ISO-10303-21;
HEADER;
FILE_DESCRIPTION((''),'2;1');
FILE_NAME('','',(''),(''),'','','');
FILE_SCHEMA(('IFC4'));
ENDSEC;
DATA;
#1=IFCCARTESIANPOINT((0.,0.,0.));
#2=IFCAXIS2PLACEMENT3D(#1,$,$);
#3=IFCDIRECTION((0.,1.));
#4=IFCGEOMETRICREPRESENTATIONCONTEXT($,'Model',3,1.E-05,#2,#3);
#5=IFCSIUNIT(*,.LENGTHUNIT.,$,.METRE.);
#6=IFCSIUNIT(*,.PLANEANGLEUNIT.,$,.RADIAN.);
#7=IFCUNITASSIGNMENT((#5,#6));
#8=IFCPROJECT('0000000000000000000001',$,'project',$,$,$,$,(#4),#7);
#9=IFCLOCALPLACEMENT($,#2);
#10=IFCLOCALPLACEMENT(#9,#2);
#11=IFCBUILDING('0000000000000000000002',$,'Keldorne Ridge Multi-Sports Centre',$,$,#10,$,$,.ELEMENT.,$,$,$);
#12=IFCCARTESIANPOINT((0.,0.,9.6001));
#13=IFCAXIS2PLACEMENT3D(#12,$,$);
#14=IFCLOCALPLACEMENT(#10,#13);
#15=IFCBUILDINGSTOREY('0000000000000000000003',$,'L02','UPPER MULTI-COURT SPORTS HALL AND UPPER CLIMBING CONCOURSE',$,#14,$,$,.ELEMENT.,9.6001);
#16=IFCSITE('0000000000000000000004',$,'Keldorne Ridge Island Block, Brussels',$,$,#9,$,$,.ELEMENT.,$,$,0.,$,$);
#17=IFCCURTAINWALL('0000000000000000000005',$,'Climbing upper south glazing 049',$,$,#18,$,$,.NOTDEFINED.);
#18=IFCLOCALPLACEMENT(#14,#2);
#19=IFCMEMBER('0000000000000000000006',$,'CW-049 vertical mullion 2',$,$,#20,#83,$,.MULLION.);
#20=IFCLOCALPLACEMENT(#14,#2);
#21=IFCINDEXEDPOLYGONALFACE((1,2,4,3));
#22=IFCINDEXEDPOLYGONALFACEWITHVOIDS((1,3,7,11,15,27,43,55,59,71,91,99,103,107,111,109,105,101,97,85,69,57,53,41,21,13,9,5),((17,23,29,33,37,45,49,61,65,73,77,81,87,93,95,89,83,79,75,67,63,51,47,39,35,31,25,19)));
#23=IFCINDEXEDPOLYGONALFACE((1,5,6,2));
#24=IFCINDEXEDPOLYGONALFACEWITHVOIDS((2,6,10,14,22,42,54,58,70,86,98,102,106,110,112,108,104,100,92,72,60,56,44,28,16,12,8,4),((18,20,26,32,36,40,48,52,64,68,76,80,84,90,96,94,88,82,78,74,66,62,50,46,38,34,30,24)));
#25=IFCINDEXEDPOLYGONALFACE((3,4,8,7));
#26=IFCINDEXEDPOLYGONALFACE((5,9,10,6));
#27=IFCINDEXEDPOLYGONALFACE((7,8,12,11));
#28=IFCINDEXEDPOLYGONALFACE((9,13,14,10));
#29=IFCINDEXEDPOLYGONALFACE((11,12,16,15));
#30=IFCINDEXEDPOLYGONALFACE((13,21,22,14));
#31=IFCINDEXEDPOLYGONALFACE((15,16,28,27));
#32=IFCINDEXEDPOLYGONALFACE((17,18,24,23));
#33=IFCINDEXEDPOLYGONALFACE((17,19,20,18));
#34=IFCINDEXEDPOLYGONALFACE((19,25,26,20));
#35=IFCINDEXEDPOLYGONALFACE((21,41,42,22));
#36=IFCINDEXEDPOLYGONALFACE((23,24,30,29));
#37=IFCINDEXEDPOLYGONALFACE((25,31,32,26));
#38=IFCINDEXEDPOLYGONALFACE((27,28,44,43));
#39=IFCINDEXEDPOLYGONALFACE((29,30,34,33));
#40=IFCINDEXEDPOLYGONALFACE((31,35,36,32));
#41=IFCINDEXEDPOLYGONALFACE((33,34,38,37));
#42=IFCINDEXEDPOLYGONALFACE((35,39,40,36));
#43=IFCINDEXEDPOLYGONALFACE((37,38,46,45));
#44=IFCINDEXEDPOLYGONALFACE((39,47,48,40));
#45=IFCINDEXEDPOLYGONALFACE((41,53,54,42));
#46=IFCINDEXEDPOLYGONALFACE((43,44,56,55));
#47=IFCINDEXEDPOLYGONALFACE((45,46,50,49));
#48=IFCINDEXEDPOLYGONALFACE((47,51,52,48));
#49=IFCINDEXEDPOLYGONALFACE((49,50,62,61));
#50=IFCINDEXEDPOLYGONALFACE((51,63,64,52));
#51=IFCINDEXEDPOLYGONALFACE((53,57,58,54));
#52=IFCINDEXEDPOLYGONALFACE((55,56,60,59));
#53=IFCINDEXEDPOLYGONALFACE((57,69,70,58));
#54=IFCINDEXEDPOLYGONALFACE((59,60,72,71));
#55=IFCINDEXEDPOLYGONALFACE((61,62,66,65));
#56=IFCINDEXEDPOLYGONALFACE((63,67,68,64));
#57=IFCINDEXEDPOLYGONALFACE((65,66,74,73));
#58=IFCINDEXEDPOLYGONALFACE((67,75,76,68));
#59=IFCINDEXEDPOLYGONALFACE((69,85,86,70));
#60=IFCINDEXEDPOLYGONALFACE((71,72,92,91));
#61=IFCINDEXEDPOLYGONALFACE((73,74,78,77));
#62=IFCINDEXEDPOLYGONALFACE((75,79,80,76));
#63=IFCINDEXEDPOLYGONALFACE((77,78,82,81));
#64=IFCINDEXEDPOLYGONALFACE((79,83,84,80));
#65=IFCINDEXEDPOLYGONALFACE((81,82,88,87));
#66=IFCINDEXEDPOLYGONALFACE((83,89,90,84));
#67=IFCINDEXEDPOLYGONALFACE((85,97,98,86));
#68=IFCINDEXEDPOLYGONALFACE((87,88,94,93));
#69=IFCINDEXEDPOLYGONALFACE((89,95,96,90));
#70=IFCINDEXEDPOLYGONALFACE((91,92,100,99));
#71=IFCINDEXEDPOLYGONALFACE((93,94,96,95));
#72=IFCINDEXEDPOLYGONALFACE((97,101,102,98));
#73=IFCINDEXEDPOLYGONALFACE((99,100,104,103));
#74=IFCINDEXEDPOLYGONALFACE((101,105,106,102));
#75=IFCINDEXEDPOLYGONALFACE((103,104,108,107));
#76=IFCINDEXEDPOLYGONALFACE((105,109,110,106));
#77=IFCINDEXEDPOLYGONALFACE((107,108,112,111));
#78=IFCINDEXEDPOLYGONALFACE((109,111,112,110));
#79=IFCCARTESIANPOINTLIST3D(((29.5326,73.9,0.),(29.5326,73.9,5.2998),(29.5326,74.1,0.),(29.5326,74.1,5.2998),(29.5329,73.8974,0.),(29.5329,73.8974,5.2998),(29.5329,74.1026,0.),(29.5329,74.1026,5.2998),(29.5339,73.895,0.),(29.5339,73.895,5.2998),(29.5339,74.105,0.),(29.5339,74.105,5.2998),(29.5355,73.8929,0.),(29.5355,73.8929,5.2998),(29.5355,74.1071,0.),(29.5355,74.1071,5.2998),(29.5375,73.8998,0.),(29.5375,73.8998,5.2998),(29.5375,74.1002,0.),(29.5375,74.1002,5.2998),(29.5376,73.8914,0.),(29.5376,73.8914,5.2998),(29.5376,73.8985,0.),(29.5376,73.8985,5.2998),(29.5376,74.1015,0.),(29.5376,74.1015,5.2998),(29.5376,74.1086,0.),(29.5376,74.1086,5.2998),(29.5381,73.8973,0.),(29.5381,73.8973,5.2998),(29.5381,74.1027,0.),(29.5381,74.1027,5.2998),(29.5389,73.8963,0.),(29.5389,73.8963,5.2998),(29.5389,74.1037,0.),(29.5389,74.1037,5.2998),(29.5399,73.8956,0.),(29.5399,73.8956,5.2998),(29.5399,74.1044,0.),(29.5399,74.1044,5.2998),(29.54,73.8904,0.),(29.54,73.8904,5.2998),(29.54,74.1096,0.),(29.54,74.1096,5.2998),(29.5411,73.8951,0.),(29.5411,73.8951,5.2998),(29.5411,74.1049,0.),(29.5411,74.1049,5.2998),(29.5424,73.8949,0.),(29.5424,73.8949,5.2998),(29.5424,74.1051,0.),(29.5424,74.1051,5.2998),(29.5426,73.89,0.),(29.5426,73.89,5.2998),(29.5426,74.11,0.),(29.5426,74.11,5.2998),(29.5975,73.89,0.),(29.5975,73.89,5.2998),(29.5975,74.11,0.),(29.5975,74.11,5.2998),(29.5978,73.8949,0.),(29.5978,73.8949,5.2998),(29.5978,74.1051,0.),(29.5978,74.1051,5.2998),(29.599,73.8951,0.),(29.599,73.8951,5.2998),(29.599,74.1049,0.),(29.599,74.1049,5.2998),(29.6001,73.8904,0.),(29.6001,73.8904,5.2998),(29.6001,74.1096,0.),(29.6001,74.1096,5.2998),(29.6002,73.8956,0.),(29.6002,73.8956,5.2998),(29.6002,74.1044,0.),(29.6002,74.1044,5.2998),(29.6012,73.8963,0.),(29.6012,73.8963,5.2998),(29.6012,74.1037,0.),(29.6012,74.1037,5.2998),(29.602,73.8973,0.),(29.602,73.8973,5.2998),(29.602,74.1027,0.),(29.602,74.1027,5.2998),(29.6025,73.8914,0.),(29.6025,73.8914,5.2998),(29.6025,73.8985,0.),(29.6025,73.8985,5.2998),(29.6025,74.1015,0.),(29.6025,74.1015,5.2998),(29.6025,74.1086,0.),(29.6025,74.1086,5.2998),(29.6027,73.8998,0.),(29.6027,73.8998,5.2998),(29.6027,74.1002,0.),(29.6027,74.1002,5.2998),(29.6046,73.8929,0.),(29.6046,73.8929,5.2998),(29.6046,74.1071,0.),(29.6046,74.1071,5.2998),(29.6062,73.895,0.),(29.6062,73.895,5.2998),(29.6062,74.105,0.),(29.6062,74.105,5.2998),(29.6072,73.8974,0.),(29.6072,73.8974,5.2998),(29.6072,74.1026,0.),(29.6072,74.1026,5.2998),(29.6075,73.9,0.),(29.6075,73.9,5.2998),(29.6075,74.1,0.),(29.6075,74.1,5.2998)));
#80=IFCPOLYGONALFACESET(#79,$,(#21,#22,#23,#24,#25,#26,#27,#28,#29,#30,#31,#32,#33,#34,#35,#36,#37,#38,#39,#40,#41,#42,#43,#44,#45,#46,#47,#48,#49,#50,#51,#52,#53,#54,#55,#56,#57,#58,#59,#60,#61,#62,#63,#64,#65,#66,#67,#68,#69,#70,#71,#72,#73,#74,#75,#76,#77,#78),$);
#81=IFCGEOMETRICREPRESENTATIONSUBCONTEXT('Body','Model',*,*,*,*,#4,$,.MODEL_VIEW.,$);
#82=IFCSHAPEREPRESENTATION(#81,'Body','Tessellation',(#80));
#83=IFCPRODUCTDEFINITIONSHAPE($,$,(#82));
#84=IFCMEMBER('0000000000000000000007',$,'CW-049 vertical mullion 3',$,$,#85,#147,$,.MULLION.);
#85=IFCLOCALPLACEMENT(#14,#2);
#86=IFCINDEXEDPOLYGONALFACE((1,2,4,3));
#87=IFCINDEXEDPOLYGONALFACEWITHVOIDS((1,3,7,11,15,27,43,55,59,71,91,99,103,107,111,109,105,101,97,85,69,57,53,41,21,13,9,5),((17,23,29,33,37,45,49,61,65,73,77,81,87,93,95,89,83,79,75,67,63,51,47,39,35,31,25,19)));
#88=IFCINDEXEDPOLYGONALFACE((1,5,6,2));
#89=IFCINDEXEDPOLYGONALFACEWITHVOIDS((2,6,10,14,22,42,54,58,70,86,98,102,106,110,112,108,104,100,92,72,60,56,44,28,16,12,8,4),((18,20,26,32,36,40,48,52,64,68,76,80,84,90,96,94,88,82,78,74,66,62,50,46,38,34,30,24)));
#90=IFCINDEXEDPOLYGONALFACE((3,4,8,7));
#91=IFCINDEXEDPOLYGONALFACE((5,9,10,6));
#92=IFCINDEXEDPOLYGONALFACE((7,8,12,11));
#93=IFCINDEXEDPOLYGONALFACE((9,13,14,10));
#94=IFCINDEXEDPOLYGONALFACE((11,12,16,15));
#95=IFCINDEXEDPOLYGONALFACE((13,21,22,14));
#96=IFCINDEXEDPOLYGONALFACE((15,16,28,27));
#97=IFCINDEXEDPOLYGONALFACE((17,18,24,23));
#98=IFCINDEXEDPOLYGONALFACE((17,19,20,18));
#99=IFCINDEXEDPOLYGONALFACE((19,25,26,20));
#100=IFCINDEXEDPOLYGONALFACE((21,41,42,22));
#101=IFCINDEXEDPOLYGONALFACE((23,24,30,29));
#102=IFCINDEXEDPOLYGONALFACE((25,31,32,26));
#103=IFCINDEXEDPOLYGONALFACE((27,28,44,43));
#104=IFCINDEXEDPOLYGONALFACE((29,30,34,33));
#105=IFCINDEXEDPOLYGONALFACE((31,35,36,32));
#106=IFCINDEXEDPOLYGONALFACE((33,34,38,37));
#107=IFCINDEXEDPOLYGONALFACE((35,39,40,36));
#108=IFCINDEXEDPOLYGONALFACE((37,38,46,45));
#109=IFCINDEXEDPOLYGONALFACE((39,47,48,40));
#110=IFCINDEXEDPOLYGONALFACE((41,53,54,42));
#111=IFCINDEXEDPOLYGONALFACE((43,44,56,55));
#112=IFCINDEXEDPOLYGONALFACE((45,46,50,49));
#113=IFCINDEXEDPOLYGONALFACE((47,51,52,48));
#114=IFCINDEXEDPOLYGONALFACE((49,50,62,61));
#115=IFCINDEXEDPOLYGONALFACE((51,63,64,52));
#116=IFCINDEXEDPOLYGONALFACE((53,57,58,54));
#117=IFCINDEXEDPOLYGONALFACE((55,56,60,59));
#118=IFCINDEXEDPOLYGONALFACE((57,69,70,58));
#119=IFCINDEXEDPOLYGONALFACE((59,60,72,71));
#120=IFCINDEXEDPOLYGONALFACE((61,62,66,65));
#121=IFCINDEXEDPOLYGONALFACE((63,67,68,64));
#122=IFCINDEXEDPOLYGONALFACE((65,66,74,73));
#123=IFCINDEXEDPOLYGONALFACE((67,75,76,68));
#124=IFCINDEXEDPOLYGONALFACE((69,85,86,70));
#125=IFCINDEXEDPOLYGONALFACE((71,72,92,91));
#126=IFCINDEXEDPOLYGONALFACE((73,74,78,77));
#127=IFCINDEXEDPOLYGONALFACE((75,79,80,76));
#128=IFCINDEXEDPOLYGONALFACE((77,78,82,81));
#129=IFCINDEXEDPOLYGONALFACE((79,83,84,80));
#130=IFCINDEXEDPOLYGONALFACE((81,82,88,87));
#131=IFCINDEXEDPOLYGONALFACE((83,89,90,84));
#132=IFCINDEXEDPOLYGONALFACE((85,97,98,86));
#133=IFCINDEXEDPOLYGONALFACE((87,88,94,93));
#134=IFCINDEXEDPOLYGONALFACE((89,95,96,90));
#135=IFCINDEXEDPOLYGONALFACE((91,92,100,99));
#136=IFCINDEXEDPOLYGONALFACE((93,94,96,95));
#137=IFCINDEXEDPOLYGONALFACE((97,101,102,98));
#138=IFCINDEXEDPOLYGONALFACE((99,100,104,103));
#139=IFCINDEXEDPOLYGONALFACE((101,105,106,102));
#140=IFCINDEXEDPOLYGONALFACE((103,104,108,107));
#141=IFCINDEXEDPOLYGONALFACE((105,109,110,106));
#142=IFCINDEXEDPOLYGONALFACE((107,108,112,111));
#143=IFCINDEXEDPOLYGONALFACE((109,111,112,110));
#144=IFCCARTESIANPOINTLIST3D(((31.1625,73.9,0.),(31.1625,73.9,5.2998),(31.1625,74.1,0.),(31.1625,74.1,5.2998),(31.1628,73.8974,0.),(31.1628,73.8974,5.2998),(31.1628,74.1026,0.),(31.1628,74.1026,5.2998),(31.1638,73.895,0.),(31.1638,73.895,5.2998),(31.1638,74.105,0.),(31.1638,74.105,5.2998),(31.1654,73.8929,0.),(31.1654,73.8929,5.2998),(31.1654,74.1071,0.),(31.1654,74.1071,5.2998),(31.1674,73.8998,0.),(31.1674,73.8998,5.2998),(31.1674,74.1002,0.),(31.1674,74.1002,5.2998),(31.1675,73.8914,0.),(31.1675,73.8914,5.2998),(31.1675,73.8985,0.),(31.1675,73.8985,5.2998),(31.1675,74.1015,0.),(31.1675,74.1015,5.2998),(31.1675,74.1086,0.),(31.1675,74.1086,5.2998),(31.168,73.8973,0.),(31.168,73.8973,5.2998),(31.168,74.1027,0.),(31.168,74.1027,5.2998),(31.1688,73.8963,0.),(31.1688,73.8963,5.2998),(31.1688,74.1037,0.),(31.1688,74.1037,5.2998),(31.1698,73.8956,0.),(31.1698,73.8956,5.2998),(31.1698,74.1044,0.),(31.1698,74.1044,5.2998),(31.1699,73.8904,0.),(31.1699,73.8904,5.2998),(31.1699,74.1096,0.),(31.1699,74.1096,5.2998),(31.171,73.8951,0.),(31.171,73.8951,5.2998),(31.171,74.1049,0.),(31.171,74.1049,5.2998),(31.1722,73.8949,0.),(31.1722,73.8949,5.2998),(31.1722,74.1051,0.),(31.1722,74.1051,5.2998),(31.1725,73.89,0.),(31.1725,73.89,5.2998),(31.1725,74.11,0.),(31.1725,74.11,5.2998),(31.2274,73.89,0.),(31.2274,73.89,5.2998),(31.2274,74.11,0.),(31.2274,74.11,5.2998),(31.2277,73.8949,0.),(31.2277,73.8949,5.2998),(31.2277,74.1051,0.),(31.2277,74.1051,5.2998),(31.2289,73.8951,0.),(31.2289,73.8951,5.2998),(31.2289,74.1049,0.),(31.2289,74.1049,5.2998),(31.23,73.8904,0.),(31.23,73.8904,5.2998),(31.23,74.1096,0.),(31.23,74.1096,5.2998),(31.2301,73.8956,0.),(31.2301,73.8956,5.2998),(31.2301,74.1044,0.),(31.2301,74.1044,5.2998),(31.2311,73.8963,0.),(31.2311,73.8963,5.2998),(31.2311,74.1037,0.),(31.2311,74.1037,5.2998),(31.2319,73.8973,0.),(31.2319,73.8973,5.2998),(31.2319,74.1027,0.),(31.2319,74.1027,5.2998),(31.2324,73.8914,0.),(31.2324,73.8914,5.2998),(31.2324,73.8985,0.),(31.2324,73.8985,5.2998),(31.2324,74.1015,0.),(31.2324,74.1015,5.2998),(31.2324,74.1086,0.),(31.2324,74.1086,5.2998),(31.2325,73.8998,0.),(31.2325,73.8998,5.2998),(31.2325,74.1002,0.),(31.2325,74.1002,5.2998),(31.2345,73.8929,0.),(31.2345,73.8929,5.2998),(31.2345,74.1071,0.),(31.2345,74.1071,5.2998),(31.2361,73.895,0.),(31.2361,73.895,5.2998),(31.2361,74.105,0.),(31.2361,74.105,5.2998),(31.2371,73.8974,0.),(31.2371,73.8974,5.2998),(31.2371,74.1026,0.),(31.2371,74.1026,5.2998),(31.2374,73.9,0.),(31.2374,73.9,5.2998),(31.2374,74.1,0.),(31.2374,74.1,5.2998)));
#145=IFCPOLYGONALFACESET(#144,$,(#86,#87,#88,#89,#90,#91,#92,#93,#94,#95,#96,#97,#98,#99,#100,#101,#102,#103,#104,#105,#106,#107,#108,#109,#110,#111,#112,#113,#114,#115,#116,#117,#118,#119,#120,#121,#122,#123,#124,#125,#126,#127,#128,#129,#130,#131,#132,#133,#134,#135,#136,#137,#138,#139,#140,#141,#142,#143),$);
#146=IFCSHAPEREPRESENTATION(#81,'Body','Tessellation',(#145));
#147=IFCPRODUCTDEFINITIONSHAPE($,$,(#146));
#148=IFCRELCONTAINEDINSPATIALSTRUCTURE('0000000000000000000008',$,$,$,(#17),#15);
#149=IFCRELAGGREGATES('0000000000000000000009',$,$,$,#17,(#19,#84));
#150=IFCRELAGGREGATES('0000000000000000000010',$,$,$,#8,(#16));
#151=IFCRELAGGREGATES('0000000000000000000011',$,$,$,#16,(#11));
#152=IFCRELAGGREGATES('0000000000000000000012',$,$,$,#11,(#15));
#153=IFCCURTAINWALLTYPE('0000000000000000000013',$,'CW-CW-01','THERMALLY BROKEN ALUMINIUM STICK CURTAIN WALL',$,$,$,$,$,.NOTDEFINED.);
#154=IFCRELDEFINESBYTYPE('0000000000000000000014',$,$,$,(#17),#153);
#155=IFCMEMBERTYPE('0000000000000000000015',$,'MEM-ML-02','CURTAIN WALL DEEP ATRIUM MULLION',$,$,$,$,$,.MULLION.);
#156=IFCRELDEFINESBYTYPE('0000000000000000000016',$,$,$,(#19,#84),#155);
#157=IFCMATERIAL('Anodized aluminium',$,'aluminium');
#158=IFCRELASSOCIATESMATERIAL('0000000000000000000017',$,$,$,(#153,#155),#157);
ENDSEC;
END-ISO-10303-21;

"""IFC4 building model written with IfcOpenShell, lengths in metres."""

from ifc_helpers import new_model, si_unit, direction, frame, origin, origin_2d, place, context, subcontext, project, spatial, hollow_rectangle, extrude, material, material_profile, profile_set, type_object, element, aggregate, save


model = new_model("IFC4")

# Units and contexts
model_context = context("Model", 3, precision=1e-05, world=origin(), true_north=direction((0.0, 1.0)))
body_context = subcontext(model_context, "Body", "Model", "MODEL_VIEW")
ifc_project = project(units=[si_unit("LENGTHUNIT", "METRE"), si_unit("PLANEANGLEUNIT", "RADIAN")], contexts=[model_context])

# Site, building, storey
site_placement = place(None, origin())
site = spatial("IfcSite", under=ifc_project, at=site_placement, Name="Keldorne Ridge Island Block, Brussels", CompositionType="ELEMENT", RefElevation=0.0)
building_placement = place(site_placement, origin())
building = spatial("IfcBuilding", under=site, at=building_placement, Name="Keldorne Ridge Multi-Sports Centre", CompositionType="ELEMENT")
storey_placement = place(building_placement, frame((0.0, 0.0, 9.6001)))
storey = spatial("IfcBuildingStorey", under=building, at=storey_placement, Name="L02", Description="UPPER MULTI-COURT SPORTS HALL AND UPPER CLIMBING CONCOURSE", CompositionType="ELEMENT", Elevation=9.6001)

# Curtain wall, members
ifc_material_1 = material(Name="Anodized aluminium", Category="aluminium")
curtain_wall_type = type_object("IfcCurtainWallType", Name="CW-CW-01", Description="THERMALLY BROKEN ALUMINIUM STICK CURTAIN WALL", PredefinedType="NOTDEFINED", material=ifc_material_1)
curtain_wall_placement = place(storey_placement, origin())
curtain_wall = element("IfcCurtainWall", 1, at=curtain_wall_placement, inside=storey, type_object=curtain_wall_type, Name="Climbing upper south glazing 049", PredefinedType="NOTDEFINED")
ifc_material_profile_1 = material_profile(ifc_material_1, hollow_rectangle(XDim=0.075, YDim=0.22, WallThickness=0.0049, InnerFilletRadius=0.0049, OuterFilletRadius=0.01, at=origin_2d()), Name="ALU MULLION 220x75x5")
ifc_profile_set_1 = profile_set([ifc_material_profile_1], Name="Anodized aluminium")
member_type_1 = type_object("IfcMemberType", Name="MEM-ML-02", Description="CURTAIN WALL DEEP ATRIUM MULLION", PredefinedType="MULLION", material=ifc_profile_set_1)
member_1_placement = place(storey_placement, frame((29.5701, 74.0, 0.0), z_axis=(0.0, 0.0, 1.0), x_axis=(1.0, 0.0, 0.0)))
member_1 = element("IfcMember", 2, at=member_1_placement, type_object=member_type_1, Name="CW-049 vertical mullion 2", PredefinedType="MULLION", context=body_context, shape_type="SweptSolid", body=[
    extrude(hollow_rectangle(XDim=0.075, YDim=0.22, WallThickness=0.0049, InnerFilletRadius=0.0049, OuterFilletRadius=0.01, at=origin_2d()), origin(), (0.0, 0.0, 1.0), 5.2998),
])
member_2_placement = place(storey_placement, frame((31.2, 74.0, 0.0), z_axis=(0.0, 0.0, 1.0), x_axis=(1.0, 0.0, 0.0)))
member_2 = element("IfcMember", 3, at=member_2_placement, type_object=member_type_1, Name="CW-049 vertical mullion 3", PredefinedType="MULLION", context=body_context, shape_type="SweptSolid", body=[
    extrude(hollow_rectangle(XDim=0.075, YDim=0.22, WallThickness=0.0049, InnerFilletRadius=0.0049, OuterFilletRadius=0.01, at=origin_2d()), origin(), (0.0, 0.0, 1.0), 5.2998),
])

aggregate(curtain_wall, [member_1, member_2])

save(model, "model.ifc")
